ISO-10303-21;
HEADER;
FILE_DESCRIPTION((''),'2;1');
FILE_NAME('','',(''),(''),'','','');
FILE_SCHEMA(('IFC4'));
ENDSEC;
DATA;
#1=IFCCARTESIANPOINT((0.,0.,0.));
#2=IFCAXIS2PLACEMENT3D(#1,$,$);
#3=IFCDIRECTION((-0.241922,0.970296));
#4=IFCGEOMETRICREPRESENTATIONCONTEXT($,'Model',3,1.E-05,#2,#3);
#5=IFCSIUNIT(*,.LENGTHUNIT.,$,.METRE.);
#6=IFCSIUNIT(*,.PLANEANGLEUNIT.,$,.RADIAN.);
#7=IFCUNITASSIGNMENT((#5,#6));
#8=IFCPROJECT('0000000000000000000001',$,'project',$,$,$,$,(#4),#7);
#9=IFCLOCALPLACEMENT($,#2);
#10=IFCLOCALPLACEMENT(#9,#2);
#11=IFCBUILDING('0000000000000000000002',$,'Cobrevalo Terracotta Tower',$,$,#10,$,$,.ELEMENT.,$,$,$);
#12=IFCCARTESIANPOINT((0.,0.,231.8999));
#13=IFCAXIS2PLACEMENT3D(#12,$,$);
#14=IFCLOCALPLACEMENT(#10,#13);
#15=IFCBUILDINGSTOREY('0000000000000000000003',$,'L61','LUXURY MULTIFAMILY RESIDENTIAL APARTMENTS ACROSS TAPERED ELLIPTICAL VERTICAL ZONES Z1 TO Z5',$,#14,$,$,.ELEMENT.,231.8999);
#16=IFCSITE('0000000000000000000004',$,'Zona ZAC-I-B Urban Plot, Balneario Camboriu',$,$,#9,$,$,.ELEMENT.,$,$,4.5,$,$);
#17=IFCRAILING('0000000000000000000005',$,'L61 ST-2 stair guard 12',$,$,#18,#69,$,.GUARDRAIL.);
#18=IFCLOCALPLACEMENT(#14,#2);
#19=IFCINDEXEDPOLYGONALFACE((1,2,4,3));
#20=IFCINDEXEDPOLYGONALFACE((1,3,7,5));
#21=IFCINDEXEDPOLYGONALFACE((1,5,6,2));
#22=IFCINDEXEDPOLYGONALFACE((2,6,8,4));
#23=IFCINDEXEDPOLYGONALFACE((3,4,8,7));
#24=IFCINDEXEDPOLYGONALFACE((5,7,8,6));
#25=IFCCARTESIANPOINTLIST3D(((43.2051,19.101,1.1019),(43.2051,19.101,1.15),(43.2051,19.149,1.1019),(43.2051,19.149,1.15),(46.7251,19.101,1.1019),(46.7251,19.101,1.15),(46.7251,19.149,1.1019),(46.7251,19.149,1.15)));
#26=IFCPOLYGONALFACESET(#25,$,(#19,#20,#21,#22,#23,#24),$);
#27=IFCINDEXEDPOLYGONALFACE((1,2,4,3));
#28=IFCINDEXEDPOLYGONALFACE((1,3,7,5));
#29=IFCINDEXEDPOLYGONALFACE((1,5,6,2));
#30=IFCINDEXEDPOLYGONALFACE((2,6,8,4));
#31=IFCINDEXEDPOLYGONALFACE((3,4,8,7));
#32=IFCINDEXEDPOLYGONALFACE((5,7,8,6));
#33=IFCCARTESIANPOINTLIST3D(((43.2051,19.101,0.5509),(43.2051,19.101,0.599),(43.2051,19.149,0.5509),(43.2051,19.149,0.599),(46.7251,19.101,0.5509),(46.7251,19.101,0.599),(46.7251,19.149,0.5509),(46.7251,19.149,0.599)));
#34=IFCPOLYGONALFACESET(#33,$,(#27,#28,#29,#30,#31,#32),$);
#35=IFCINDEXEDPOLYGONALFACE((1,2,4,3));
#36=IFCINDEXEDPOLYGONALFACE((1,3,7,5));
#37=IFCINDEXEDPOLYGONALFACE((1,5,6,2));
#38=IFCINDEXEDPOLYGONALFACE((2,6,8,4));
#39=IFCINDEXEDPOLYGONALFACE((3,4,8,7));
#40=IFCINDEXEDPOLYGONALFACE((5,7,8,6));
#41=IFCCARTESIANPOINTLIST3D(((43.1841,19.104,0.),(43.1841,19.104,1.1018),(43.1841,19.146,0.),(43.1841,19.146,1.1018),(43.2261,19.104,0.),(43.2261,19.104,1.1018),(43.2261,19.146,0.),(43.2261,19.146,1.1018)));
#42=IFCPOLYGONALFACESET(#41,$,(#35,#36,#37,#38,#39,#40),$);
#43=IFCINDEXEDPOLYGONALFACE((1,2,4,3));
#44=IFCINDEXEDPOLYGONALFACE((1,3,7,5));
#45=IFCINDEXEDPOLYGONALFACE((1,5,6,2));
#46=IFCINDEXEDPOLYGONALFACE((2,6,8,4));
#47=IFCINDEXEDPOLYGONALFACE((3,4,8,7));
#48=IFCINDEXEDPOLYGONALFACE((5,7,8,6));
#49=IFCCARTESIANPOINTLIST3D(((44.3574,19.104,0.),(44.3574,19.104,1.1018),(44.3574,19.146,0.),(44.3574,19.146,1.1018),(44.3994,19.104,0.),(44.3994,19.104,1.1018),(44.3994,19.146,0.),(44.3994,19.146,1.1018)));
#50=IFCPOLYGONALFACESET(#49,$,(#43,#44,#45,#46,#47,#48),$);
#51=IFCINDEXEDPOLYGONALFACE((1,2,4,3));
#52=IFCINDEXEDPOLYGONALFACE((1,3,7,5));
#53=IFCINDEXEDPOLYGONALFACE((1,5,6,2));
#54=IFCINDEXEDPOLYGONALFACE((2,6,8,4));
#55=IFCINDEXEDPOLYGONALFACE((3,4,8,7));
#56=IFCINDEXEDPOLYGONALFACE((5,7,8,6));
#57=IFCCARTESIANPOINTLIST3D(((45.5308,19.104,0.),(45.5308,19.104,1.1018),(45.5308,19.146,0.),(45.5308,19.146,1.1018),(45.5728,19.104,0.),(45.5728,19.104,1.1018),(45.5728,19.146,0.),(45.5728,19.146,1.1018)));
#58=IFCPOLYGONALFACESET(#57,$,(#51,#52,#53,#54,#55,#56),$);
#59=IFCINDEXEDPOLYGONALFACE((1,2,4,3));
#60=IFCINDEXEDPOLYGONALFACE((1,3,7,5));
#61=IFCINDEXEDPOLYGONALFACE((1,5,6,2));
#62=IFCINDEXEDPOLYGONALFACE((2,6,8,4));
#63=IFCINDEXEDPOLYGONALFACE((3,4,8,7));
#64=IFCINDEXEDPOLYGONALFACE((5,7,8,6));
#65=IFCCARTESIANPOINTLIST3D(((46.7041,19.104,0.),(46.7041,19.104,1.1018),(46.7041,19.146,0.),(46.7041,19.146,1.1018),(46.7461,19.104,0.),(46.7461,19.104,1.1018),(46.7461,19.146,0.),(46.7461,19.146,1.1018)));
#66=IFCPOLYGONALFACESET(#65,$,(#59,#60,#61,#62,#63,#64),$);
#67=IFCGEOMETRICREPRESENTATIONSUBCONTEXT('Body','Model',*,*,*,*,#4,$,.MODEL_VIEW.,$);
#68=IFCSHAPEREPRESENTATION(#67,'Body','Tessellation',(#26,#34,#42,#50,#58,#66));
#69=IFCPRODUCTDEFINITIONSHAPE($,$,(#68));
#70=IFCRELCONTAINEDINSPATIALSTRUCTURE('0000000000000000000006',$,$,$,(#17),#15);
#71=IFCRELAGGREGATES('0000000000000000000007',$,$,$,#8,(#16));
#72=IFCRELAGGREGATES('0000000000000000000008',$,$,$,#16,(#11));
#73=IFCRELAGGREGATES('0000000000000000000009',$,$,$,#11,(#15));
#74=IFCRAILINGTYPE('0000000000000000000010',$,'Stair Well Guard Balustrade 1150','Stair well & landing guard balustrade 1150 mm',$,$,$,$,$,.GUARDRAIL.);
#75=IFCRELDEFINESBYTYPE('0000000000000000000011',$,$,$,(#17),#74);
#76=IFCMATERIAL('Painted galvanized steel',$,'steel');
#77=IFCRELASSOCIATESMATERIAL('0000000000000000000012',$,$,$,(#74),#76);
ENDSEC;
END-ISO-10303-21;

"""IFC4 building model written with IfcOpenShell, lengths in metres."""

from ifc_helpers import new_model, si_unit, direction, frame, origin, origin_2d, place, context, subcontext, project, spatial, rectangle, extrude, material, type_object, element, save


model = new_model("IFC4")

# Units and contexts
model_context = context("Model", 3, precision=1e-05, world=origin(), true_north=direction((-0.241922, 0.970296)))
body_context = subcontext(model_context, "Body", "Model", "MODEL_VIEW")
ifc_project = project(units=[si_unit("LENGTHUNIT", "METRE"), si_unit("PLANEANGLEUNIT", "RADIAN")], contexts=[model_context])

# Site, building, storey
site_placement = place(None, origin())
site = spatial("IfcSite", under=ifc_project, at=site_placement, Name="Zona ZAC-I-B Urban Plot, Balneario Camboriu", CompositionType="ELEMENT", RefElevation=4.5)
building_placement = place(site_placement, origin())
building = spatial("IfcBuilding", under=site, at=building_placement, Name="Cobrevalo Terracotta Tower", CompositionType="ELEMENT")
storey_placement = place(building_placement, frame((0.0, 0.0, 231.8999)))
storey = spatial("IfcBuildingStorey", under=building, at=storey_placement, Name="L61", Description="LUXURY MULTIFAMILY RESIDENTIAL APARTMENTS ACROSS TAPERED ELLIPTICAL VERTICAL ZONES Z1 TO Z5", CompositionType="ELEMENT", Elevation=231.8999)

# Railing
ifc_material_1 = material(Name="Painted galvanized steel", Category="steel")
railing_type_1 = type_object("IfcRailingType", Name="Stair Well Guard Balustrade 1150", Description="Stair well & landing guard balustrade 1150 mm", PredefinedType="GUARDRAIL", material=ifc_material_1)
railing_1_placement = place(storey_placement, frame((43.2051, 19.125, 0.0)))
element("IfcRailing", 1, at=railing_1_placement, inside=storey, type_object=railing_type_1, Name="L61 ST-2 stair guard 12", PredefinedType="GUARDRAIL", context=body_context, shape_type="SweptSolid", body=[
    extrude(rectangle(XDim=0.0481, YDim=0.0481, at=origin_2d()), frame((0.0, 0.0, 1.126), z_axis=(1.0, 0.0, 0.0), x_axis=(0.0, 1.0, 0.0)), (0.0, 0.0, 1.0), 3.52),
    extrude(rectangle(XDim=0.0481, YDim=0.0481, at=origin_2d()), frame((0.0, 0.0, 0.575), z_axis=(1.0, 0.0, 0.0), x_axis=(0.0, 1.0, 0.0)), (0.0, 0.0, 1.0), 3.52),
    extrude(rectangle(XDim=0.042, YDim=0.042, at=origin_2d()), origin(), (0.0, 0.0, 1.0), 1.1018),
    extrude(rectangle(XDim=0.042, YDim=0.042, at=origin_2d()), frame((1.1733, 0.0, 0.0)), (0.0, 0.0, 1.0), 1.1018),
    extrude(rectangle(XDim=0.042, YDim=0.042, at=origin_2d()), frame((2.3467, 0.0, 0.0)), (0.0, 0.0, 1.0), 1.1018),
    extrude(rectangle(XDim=0.042, YDim=0.042, at=origin_2d()), frame((3.52, 0.0, 0.0)), (0.0, 0.0, 1.0), 1.1018),
])

save(model, "model.ifc")
